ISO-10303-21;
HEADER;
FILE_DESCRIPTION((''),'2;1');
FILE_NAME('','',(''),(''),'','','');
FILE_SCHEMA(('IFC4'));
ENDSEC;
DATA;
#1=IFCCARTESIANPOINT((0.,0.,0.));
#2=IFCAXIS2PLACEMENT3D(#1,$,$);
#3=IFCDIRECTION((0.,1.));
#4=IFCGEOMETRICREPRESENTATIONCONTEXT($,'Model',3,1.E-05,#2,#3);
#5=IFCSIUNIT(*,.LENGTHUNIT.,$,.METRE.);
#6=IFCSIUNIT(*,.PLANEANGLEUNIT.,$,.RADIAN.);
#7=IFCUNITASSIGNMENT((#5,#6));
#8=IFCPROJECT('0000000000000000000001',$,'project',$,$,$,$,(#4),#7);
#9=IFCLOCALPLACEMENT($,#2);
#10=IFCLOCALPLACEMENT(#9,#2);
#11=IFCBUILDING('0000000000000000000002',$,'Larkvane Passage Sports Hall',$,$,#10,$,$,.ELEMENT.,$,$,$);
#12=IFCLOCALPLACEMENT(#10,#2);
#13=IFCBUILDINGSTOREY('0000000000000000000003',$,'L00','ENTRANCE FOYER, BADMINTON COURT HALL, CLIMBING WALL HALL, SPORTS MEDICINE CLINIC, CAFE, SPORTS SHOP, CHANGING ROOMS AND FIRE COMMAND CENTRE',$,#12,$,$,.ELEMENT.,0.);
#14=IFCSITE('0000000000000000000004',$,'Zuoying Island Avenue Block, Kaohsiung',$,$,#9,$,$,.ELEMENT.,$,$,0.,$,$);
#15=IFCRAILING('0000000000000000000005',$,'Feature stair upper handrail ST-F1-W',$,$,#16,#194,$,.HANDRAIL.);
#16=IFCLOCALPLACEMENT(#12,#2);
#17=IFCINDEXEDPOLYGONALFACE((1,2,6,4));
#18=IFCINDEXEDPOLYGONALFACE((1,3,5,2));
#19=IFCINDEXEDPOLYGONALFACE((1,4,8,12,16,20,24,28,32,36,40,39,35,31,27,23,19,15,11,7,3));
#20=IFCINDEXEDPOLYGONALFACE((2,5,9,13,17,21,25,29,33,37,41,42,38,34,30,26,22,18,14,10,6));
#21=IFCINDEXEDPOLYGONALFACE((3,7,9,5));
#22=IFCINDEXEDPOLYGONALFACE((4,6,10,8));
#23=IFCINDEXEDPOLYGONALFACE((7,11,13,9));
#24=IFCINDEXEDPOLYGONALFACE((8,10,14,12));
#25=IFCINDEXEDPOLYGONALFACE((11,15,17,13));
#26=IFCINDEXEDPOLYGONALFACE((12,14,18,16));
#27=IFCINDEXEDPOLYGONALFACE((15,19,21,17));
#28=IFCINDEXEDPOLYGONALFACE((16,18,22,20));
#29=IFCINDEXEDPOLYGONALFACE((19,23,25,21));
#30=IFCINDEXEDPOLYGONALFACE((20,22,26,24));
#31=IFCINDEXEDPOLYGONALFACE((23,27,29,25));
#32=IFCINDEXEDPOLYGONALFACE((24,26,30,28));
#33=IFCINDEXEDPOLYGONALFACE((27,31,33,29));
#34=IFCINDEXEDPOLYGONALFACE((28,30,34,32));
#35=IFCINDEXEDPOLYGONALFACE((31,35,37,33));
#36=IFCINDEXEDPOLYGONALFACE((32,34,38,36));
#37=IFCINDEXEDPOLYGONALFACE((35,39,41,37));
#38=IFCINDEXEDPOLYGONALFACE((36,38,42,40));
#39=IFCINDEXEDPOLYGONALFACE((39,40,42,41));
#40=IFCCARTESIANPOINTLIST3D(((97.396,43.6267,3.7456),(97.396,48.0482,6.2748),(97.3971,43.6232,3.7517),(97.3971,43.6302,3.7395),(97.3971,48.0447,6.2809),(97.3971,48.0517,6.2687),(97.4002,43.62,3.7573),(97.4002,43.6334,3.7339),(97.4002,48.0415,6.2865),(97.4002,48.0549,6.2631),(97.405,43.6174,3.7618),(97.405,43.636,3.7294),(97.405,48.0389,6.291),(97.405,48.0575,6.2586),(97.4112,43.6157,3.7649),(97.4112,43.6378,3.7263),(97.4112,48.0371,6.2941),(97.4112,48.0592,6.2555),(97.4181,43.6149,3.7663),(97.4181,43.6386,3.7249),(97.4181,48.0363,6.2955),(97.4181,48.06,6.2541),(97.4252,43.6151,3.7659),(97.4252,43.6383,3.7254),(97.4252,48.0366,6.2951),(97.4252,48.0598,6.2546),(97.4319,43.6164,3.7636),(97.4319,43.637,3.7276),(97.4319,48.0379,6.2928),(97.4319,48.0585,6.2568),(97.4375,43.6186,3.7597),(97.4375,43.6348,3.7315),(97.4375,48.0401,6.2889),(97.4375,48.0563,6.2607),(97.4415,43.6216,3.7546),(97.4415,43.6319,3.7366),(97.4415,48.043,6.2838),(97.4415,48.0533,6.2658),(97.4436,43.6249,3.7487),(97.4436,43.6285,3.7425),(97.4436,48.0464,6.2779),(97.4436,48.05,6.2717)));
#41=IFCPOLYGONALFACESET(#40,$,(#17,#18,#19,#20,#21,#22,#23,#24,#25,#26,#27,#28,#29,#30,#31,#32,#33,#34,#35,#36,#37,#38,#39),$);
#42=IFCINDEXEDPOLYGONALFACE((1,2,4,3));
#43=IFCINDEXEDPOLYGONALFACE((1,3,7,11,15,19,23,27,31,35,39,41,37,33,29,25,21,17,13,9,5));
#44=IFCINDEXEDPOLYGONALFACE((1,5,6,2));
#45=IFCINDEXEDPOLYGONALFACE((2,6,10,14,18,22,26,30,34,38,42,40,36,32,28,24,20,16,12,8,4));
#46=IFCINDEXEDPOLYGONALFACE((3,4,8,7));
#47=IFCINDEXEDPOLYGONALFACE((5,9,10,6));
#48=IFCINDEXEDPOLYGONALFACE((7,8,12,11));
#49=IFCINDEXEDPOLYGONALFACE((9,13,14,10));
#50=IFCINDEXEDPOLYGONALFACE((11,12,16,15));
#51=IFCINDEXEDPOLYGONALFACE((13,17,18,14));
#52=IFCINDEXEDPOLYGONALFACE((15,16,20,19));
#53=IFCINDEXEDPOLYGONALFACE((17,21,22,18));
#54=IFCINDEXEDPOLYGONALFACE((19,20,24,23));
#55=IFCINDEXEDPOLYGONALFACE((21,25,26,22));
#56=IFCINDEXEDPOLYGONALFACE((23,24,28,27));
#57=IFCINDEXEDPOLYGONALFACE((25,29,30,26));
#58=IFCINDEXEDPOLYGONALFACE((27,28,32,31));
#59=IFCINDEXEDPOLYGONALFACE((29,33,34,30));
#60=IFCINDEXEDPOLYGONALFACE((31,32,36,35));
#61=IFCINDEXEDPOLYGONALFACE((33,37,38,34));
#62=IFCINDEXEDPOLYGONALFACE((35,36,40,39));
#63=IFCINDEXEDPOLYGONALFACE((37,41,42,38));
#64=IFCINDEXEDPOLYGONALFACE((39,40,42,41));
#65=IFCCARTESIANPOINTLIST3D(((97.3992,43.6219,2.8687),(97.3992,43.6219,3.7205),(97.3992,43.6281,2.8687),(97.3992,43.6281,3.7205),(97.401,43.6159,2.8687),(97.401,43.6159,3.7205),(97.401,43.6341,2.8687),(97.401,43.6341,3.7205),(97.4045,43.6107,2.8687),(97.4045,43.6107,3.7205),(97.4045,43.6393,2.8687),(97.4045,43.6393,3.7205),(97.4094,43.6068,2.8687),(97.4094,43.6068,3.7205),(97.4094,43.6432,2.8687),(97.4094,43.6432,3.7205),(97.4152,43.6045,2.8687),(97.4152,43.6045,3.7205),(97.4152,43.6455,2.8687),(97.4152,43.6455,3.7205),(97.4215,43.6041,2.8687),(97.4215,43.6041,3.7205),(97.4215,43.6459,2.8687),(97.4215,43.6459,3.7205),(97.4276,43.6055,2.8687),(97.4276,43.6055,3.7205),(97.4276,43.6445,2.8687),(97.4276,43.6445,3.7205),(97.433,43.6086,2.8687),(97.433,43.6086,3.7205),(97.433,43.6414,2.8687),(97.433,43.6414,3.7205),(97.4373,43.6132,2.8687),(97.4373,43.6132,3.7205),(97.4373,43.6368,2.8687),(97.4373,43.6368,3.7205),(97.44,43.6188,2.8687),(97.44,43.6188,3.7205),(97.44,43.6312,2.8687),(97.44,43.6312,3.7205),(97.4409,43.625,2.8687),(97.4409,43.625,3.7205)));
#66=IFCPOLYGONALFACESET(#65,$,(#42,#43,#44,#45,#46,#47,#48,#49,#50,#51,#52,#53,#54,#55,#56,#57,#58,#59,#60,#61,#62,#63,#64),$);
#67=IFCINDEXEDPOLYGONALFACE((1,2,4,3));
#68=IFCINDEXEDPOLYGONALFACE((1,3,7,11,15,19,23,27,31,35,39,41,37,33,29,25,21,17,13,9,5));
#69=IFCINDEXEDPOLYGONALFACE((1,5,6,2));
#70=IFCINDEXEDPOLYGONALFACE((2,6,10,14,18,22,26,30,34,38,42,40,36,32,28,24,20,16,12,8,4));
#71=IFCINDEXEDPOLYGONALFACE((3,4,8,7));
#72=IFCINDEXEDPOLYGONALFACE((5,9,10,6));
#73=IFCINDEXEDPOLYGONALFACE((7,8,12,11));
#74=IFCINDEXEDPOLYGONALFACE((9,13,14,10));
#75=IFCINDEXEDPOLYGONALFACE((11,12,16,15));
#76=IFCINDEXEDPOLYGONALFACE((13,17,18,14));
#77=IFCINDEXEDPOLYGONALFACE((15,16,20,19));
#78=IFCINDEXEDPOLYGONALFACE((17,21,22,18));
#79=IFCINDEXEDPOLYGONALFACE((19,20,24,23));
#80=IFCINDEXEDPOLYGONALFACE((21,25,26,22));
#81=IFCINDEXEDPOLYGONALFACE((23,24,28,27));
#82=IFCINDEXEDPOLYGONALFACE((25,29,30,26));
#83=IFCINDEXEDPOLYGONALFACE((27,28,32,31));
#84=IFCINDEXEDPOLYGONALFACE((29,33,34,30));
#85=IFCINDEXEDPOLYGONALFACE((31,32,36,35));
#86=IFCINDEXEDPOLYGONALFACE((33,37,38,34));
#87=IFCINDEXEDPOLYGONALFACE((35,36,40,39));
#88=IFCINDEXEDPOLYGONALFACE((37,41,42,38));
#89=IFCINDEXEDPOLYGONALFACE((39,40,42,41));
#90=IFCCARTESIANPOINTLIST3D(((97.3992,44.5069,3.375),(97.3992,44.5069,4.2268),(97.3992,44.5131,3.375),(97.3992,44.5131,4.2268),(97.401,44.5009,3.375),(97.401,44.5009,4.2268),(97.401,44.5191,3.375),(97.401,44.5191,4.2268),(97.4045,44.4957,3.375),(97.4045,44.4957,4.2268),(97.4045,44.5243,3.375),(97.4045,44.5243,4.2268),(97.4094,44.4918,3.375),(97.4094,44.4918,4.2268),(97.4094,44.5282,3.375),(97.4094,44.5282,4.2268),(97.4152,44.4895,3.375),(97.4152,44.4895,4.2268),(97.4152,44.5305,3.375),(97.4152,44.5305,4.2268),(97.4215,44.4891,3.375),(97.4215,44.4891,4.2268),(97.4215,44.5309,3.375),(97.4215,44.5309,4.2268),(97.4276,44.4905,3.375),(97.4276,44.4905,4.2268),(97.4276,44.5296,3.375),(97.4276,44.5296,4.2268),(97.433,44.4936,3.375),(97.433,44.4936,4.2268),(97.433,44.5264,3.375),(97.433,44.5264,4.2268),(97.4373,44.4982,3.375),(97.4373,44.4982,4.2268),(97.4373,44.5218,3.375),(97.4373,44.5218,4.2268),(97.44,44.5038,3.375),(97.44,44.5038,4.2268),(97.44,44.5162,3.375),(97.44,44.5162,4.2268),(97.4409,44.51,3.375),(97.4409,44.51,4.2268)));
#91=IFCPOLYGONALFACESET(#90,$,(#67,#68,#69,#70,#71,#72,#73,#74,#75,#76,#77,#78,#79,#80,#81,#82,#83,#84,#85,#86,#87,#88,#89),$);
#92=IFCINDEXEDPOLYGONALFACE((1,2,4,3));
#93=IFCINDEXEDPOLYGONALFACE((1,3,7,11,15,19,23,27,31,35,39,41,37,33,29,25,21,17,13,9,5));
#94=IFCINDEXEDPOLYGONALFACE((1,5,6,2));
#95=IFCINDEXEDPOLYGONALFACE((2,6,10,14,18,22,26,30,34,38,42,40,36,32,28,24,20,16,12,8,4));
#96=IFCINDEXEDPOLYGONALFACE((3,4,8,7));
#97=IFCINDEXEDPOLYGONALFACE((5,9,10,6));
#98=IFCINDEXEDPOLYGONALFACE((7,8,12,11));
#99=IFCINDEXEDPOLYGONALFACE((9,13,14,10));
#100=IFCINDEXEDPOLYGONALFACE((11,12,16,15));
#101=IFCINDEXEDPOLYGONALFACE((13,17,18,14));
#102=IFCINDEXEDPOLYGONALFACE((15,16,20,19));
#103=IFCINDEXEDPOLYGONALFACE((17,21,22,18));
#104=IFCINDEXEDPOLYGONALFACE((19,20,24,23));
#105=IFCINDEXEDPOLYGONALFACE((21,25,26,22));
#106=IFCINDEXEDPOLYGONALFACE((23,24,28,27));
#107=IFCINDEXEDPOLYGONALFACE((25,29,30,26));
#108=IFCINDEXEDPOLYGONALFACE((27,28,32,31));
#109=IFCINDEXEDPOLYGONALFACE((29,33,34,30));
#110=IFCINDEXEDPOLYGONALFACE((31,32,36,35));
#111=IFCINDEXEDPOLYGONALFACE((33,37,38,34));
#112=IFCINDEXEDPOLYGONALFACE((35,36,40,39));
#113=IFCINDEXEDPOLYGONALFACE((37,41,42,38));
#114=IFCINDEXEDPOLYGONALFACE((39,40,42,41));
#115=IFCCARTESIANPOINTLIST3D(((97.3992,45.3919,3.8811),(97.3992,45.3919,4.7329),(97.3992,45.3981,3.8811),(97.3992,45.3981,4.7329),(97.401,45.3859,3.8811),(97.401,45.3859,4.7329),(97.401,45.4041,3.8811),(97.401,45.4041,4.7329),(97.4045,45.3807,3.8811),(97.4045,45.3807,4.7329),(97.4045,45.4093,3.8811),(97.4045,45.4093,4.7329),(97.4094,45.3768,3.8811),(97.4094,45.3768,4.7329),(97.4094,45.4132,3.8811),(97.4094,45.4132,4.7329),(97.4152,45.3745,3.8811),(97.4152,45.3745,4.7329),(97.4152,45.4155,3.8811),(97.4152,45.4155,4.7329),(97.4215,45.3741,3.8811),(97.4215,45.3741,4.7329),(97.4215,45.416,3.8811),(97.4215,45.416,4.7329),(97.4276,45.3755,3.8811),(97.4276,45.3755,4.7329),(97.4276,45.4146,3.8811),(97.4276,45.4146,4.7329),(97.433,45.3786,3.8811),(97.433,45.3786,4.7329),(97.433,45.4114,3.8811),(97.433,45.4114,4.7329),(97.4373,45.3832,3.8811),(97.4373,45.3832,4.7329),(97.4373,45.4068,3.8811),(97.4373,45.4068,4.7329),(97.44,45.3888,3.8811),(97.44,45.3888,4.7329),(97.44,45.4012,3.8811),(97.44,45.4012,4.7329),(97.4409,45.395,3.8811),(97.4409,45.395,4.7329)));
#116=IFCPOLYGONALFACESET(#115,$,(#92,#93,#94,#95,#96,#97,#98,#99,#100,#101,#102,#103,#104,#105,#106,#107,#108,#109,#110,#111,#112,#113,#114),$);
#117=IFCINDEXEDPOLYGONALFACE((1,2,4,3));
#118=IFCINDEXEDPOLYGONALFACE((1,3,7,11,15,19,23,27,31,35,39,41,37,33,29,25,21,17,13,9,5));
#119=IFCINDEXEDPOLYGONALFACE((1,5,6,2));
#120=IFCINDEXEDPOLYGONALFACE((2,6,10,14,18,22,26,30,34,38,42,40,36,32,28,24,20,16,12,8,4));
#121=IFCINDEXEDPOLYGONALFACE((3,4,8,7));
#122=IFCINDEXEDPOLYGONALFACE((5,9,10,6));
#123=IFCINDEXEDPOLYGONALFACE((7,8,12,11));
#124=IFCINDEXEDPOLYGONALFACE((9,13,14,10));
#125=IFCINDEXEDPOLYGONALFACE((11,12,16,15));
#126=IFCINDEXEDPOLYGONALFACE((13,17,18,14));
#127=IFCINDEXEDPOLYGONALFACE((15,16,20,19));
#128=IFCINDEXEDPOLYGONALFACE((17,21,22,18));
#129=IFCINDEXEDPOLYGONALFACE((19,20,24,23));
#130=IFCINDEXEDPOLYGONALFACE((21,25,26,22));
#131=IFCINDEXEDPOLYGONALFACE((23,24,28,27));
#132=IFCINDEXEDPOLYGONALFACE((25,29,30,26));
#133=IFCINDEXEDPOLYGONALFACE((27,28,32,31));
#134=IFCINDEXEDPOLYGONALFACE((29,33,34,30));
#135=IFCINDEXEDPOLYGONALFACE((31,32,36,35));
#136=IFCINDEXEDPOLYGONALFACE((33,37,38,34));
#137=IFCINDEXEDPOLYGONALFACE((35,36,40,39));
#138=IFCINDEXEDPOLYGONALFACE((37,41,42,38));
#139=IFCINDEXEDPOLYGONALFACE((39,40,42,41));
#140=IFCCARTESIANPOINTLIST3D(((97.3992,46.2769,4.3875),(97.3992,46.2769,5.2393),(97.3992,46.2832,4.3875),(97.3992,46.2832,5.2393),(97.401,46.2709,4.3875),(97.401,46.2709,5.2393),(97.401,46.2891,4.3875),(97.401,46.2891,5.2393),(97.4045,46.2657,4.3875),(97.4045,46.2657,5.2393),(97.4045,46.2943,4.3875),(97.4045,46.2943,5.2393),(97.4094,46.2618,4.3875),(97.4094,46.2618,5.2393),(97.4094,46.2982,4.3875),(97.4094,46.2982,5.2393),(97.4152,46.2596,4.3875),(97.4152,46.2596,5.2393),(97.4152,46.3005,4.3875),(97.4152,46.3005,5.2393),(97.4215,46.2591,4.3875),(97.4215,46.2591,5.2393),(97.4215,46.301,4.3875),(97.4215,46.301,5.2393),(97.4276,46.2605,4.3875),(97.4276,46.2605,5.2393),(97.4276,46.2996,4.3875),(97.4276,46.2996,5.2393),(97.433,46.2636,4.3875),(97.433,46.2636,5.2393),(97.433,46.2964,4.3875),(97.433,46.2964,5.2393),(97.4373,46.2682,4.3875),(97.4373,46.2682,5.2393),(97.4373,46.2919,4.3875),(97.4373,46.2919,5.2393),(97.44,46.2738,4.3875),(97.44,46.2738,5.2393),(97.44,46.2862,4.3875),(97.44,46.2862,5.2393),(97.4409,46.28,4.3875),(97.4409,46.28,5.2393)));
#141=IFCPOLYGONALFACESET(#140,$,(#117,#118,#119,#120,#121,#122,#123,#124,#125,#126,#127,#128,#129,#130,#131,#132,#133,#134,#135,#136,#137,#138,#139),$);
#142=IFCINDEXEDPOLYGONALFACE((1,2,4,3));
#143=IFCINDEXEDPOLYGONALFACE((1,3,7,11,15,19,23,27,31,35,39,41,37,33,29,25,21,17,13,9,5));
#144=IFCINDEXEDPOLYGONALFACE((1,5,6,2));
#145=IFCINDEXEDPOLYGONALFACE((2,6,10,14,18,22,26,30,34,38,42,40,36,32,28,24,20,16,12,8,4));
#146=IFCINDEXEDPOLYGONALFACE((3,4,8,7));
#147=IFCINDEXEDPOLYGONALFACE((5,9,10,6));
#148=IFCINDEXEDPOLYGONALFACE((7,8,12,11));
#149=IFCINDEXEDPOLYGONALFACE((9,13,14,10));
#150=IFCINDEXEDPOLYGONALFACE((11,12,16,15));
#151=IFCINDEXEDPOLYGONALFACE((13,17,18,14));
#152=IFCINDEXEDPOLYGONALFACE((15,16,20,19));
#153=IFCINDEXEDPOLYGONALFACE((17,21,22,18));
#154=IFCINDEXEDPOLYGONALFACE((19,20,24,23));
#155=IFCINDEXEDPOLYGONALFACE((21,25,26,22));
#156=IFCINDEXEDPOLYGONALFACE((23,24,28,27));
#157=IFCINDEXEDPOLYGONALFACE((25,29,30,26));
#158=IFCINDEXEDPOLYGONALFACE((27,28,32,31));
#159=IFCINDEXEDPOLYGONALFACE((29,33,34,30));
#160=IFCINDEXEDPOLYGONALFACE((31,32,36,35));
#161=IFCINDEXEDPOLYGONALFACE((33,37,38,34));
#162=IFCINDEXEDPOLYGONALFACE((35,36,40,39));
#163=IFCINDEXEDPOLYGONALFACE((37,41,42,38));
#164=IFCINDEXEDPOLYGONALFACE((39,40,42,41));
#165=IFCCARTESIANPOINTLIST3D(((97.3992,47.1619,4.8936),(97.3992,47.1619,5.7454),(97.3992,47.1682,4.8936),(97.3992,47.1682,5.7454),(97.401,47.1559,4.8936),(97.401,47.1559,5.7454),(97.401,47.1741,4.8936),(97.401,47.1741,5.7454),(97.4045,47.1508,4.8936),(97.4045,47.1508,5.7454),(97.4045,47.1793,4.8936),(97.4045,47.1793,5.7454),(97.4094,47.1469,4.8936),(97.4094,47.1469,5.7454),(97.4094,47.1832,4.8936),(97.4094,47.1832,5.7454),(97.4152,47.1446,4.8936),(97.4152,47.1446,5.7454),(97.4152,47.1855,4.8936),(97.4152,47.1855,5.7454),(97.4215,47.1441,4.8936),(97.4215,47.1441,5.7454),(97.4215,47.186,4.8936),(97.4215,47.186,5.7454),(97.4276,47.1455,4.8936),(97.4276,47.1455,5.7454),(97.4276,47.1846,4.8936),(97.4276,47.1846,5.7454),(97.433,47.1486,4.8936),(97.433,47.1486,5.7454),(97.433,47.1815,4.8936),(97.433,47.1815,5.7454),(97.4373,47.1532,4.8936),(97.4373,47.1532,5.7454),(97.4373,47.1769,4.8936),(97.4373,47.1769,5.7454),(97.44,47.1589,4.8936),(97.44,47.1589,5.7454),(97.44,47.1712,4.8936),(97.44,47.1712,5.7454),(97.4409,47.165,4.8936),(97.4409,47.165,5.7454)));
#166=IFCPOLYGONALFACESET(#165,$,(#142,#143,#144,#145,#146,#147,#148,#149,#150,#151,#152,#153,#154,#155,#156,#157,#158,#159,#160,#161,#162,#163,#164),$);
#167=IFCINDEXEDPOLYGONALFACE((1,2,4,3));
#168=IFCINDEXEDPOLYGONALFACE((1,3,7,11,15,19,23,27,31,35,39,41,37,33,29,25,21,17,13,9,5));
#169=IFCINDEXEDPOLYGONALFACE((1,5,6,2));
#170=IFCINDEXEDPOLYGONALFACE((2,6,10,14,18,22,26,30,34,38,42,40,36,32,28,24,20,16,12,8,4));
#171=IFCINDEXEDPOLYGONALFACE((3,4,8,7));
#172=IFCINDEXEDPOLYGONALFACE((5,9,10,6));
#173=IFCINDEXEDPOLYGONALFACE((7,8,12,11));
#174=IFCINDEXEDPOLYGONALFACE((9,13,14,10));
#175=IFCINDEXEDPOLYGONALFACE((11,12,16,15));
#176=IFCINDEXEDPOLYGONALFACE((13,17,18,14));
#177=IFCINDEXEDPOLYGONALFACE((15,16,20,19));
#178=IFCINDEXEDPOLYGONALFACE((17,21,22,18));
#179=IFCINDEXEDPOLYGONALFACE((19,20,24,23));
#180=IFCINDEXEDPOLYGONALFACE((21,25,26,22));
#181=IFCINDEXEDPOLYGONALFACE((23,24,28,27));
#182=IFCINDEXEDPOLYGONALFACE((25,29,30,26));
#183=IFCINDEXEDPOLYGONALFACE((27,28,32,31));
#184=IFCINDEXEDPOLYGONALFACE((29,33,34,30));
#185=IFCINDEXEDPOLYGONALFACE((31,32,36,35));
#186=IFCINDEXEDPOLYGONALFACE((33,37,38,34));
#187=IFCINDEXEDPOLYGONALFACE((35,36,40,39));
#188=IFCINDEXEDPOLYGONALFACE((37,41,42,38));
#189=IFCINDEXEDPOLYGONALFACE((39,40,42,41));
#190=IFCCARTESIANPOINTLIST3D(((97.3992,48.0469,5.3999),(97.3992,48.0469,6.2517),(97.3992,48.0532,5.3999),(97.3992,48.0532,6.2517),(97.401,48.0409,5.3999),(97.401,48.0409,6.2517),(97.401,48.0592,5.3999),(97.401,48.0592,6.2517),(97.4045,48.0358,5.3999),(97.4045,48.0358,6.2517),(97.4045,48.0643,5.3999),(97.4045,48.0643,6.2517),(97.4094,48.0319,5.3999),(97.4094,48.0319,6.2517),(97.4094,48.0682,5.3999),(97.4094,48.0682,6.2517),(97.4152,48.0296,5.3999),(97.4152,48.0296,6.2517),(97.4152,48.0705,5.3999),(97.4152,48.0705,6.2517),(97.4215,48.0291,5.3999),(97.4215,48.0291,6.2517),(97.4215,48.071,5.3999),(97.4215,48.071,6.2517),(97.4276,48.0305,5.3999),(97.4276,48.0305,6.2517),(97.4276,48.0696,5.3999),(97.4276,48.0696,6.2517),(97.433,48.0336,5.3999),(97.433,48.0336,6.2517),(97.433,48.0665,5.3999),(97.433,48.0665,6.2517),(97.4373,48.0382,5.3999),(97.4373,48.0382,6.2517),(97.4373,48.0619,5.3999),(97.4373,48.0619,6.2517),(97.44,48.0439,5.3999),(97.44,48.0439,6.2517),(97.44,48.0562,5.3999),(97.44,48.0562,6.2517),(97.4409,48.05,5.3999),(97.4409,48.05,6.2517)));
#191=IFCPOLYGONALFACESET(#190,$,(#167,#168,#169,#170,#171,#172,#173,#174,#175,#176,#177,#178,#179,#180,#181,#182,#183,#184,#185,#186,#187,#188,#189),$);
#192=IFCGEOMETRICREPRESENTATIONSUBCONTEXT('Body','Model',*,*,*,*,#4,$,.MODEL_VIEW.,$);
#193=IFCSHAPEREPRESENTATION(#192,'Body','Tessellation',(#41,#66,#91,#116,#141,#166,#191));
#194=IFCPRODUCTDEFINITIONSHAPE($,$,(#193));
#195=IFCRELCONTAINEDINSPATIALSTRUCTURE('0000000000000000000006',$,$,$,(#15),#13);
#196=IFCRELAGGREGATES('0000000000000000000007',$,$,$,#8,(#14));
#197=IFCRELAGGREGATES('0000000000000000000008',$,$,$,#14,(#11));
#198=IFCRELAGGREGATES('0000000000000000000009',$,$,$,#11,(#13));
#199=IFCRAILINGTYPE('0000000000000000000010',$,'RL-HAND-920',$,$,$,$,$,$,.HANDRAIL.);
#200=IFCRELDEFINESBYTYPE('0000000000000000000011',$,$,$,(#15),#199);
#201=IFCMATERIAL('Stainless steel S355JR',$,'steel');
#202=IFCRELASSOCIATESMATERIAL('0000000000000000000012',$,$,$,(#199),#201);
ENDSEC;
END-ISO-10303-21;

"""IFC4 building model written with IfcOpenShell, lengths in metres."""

from ifc_helpers import new_model, si_unit, direction, frame, origin, origin_2d, place, context, subcontext, project, spatial, circle, extrude, material, type_object, element, save


model = new_model("IFC4")

# Units and contexts
model_context = context("Model", 3, precision=1e-05, world=origin(), true_north=direction((0.0, 1.0)))
body_context = subcontext(model_context, "Body", "Model", "MODEL_VIEW")
ifc_project = project(units=[si_unit("LENGTHUNIT", "METRE"), si_unit("PLANEANGLEUNIT", "RADIAN")], contexts=[model_context])

# Site, building, storey
site_placement = place(None, origin())
site = spatial("IfcSite", under=ifc_project, at=site_placement, Name="Zuoying Island Avenue Block, Kaohsiung", CompositionType="ELEMENT", RefElevation=0.0)
building_placement = place(site_placement, origin())
building = spatial("IfcBuilding", under=site, at=building_placement, Name="Larkvane Passage Sports Hall", CompositionType="ELEMENT")
storey_placement = place(building_placement, origin())
storey = spatial("IfcBuildingStorey", under=building, at=storey_placement, Name="L00", Description="ENTRANCE FOYER, BADMINTON COURT HALL, CLIMBING WALL HALL, SPORTS MEDICINE CLINIC, CAFE, SPORTS SHOP, CHANGING ROOMS AND FIRE COMMAND CENTRE", CompositionType="ELEMENT", Elevation=0.0)

# Railing
ifc_material_1 = material(Name="Stainless steel S355JR", Category="steel")
railing_type_1 = type_object("IfcRailingType", Name="RL-HAND-920", PredefinedType="HANDRAIL", material=ifc_material_1)
for number, where, name in (
    (1, (97.4199, 43.625, 2.8687), "Feature stair upper handrail ST-F1-W"),
):
    element("IfcRailing", number, at=place(storey_placement, frame(where)), inside=storey, type_object=railing_type_1, Name=name, PredefinedType="HANDRAIL", context=body_context, shape_type="SweptSolid", body=[
        extrude(circle(Radius=0.0239, at=origin_2d()), frame((0.0, 0.0017, 0.877), z_axis=(0.0, 0.868019, 0.496531), x_axis=(-1.0, 0.0, 0.0)), (0.0, 0.0, 1.0), 5.0938),
        extrude(circle(Radius=0.021, at=origin_2d()), origin(), (0.0, 0.0, 1.0), 0.8518),
        extrude(circle(Radius=0.021, at=origin_2d()), frame((0.0, 0.885, 0.5063)), (0.0, 0.0, 1.0), 0.8518),
        extrude(circle(Radius=0.021, at=origin_2d()), frame((0.0, 1.77, 1.0125)), (0.0, 0.0, 1.0), 0.8518),
        extrude(circle(Radius=0.021, at=origin_2d()), frame((0.0, 2.655, 1.5188)), (0.0, 0.0, 1.0), 0.8518),
        extrude(circle(Radius=0.021, at=origin_2d()), frame((0.0, 3.54, 2.0249)), (0.0, 0.0, 1.0), 0.8518),
        extrude(circle(Radius=0.021, at=origin_2d()), frame((0.0, 4.425, 2.5312)), (0.0, 0.0, 1.0), 0.8518),
    ])

save(model, "model.ifc")
